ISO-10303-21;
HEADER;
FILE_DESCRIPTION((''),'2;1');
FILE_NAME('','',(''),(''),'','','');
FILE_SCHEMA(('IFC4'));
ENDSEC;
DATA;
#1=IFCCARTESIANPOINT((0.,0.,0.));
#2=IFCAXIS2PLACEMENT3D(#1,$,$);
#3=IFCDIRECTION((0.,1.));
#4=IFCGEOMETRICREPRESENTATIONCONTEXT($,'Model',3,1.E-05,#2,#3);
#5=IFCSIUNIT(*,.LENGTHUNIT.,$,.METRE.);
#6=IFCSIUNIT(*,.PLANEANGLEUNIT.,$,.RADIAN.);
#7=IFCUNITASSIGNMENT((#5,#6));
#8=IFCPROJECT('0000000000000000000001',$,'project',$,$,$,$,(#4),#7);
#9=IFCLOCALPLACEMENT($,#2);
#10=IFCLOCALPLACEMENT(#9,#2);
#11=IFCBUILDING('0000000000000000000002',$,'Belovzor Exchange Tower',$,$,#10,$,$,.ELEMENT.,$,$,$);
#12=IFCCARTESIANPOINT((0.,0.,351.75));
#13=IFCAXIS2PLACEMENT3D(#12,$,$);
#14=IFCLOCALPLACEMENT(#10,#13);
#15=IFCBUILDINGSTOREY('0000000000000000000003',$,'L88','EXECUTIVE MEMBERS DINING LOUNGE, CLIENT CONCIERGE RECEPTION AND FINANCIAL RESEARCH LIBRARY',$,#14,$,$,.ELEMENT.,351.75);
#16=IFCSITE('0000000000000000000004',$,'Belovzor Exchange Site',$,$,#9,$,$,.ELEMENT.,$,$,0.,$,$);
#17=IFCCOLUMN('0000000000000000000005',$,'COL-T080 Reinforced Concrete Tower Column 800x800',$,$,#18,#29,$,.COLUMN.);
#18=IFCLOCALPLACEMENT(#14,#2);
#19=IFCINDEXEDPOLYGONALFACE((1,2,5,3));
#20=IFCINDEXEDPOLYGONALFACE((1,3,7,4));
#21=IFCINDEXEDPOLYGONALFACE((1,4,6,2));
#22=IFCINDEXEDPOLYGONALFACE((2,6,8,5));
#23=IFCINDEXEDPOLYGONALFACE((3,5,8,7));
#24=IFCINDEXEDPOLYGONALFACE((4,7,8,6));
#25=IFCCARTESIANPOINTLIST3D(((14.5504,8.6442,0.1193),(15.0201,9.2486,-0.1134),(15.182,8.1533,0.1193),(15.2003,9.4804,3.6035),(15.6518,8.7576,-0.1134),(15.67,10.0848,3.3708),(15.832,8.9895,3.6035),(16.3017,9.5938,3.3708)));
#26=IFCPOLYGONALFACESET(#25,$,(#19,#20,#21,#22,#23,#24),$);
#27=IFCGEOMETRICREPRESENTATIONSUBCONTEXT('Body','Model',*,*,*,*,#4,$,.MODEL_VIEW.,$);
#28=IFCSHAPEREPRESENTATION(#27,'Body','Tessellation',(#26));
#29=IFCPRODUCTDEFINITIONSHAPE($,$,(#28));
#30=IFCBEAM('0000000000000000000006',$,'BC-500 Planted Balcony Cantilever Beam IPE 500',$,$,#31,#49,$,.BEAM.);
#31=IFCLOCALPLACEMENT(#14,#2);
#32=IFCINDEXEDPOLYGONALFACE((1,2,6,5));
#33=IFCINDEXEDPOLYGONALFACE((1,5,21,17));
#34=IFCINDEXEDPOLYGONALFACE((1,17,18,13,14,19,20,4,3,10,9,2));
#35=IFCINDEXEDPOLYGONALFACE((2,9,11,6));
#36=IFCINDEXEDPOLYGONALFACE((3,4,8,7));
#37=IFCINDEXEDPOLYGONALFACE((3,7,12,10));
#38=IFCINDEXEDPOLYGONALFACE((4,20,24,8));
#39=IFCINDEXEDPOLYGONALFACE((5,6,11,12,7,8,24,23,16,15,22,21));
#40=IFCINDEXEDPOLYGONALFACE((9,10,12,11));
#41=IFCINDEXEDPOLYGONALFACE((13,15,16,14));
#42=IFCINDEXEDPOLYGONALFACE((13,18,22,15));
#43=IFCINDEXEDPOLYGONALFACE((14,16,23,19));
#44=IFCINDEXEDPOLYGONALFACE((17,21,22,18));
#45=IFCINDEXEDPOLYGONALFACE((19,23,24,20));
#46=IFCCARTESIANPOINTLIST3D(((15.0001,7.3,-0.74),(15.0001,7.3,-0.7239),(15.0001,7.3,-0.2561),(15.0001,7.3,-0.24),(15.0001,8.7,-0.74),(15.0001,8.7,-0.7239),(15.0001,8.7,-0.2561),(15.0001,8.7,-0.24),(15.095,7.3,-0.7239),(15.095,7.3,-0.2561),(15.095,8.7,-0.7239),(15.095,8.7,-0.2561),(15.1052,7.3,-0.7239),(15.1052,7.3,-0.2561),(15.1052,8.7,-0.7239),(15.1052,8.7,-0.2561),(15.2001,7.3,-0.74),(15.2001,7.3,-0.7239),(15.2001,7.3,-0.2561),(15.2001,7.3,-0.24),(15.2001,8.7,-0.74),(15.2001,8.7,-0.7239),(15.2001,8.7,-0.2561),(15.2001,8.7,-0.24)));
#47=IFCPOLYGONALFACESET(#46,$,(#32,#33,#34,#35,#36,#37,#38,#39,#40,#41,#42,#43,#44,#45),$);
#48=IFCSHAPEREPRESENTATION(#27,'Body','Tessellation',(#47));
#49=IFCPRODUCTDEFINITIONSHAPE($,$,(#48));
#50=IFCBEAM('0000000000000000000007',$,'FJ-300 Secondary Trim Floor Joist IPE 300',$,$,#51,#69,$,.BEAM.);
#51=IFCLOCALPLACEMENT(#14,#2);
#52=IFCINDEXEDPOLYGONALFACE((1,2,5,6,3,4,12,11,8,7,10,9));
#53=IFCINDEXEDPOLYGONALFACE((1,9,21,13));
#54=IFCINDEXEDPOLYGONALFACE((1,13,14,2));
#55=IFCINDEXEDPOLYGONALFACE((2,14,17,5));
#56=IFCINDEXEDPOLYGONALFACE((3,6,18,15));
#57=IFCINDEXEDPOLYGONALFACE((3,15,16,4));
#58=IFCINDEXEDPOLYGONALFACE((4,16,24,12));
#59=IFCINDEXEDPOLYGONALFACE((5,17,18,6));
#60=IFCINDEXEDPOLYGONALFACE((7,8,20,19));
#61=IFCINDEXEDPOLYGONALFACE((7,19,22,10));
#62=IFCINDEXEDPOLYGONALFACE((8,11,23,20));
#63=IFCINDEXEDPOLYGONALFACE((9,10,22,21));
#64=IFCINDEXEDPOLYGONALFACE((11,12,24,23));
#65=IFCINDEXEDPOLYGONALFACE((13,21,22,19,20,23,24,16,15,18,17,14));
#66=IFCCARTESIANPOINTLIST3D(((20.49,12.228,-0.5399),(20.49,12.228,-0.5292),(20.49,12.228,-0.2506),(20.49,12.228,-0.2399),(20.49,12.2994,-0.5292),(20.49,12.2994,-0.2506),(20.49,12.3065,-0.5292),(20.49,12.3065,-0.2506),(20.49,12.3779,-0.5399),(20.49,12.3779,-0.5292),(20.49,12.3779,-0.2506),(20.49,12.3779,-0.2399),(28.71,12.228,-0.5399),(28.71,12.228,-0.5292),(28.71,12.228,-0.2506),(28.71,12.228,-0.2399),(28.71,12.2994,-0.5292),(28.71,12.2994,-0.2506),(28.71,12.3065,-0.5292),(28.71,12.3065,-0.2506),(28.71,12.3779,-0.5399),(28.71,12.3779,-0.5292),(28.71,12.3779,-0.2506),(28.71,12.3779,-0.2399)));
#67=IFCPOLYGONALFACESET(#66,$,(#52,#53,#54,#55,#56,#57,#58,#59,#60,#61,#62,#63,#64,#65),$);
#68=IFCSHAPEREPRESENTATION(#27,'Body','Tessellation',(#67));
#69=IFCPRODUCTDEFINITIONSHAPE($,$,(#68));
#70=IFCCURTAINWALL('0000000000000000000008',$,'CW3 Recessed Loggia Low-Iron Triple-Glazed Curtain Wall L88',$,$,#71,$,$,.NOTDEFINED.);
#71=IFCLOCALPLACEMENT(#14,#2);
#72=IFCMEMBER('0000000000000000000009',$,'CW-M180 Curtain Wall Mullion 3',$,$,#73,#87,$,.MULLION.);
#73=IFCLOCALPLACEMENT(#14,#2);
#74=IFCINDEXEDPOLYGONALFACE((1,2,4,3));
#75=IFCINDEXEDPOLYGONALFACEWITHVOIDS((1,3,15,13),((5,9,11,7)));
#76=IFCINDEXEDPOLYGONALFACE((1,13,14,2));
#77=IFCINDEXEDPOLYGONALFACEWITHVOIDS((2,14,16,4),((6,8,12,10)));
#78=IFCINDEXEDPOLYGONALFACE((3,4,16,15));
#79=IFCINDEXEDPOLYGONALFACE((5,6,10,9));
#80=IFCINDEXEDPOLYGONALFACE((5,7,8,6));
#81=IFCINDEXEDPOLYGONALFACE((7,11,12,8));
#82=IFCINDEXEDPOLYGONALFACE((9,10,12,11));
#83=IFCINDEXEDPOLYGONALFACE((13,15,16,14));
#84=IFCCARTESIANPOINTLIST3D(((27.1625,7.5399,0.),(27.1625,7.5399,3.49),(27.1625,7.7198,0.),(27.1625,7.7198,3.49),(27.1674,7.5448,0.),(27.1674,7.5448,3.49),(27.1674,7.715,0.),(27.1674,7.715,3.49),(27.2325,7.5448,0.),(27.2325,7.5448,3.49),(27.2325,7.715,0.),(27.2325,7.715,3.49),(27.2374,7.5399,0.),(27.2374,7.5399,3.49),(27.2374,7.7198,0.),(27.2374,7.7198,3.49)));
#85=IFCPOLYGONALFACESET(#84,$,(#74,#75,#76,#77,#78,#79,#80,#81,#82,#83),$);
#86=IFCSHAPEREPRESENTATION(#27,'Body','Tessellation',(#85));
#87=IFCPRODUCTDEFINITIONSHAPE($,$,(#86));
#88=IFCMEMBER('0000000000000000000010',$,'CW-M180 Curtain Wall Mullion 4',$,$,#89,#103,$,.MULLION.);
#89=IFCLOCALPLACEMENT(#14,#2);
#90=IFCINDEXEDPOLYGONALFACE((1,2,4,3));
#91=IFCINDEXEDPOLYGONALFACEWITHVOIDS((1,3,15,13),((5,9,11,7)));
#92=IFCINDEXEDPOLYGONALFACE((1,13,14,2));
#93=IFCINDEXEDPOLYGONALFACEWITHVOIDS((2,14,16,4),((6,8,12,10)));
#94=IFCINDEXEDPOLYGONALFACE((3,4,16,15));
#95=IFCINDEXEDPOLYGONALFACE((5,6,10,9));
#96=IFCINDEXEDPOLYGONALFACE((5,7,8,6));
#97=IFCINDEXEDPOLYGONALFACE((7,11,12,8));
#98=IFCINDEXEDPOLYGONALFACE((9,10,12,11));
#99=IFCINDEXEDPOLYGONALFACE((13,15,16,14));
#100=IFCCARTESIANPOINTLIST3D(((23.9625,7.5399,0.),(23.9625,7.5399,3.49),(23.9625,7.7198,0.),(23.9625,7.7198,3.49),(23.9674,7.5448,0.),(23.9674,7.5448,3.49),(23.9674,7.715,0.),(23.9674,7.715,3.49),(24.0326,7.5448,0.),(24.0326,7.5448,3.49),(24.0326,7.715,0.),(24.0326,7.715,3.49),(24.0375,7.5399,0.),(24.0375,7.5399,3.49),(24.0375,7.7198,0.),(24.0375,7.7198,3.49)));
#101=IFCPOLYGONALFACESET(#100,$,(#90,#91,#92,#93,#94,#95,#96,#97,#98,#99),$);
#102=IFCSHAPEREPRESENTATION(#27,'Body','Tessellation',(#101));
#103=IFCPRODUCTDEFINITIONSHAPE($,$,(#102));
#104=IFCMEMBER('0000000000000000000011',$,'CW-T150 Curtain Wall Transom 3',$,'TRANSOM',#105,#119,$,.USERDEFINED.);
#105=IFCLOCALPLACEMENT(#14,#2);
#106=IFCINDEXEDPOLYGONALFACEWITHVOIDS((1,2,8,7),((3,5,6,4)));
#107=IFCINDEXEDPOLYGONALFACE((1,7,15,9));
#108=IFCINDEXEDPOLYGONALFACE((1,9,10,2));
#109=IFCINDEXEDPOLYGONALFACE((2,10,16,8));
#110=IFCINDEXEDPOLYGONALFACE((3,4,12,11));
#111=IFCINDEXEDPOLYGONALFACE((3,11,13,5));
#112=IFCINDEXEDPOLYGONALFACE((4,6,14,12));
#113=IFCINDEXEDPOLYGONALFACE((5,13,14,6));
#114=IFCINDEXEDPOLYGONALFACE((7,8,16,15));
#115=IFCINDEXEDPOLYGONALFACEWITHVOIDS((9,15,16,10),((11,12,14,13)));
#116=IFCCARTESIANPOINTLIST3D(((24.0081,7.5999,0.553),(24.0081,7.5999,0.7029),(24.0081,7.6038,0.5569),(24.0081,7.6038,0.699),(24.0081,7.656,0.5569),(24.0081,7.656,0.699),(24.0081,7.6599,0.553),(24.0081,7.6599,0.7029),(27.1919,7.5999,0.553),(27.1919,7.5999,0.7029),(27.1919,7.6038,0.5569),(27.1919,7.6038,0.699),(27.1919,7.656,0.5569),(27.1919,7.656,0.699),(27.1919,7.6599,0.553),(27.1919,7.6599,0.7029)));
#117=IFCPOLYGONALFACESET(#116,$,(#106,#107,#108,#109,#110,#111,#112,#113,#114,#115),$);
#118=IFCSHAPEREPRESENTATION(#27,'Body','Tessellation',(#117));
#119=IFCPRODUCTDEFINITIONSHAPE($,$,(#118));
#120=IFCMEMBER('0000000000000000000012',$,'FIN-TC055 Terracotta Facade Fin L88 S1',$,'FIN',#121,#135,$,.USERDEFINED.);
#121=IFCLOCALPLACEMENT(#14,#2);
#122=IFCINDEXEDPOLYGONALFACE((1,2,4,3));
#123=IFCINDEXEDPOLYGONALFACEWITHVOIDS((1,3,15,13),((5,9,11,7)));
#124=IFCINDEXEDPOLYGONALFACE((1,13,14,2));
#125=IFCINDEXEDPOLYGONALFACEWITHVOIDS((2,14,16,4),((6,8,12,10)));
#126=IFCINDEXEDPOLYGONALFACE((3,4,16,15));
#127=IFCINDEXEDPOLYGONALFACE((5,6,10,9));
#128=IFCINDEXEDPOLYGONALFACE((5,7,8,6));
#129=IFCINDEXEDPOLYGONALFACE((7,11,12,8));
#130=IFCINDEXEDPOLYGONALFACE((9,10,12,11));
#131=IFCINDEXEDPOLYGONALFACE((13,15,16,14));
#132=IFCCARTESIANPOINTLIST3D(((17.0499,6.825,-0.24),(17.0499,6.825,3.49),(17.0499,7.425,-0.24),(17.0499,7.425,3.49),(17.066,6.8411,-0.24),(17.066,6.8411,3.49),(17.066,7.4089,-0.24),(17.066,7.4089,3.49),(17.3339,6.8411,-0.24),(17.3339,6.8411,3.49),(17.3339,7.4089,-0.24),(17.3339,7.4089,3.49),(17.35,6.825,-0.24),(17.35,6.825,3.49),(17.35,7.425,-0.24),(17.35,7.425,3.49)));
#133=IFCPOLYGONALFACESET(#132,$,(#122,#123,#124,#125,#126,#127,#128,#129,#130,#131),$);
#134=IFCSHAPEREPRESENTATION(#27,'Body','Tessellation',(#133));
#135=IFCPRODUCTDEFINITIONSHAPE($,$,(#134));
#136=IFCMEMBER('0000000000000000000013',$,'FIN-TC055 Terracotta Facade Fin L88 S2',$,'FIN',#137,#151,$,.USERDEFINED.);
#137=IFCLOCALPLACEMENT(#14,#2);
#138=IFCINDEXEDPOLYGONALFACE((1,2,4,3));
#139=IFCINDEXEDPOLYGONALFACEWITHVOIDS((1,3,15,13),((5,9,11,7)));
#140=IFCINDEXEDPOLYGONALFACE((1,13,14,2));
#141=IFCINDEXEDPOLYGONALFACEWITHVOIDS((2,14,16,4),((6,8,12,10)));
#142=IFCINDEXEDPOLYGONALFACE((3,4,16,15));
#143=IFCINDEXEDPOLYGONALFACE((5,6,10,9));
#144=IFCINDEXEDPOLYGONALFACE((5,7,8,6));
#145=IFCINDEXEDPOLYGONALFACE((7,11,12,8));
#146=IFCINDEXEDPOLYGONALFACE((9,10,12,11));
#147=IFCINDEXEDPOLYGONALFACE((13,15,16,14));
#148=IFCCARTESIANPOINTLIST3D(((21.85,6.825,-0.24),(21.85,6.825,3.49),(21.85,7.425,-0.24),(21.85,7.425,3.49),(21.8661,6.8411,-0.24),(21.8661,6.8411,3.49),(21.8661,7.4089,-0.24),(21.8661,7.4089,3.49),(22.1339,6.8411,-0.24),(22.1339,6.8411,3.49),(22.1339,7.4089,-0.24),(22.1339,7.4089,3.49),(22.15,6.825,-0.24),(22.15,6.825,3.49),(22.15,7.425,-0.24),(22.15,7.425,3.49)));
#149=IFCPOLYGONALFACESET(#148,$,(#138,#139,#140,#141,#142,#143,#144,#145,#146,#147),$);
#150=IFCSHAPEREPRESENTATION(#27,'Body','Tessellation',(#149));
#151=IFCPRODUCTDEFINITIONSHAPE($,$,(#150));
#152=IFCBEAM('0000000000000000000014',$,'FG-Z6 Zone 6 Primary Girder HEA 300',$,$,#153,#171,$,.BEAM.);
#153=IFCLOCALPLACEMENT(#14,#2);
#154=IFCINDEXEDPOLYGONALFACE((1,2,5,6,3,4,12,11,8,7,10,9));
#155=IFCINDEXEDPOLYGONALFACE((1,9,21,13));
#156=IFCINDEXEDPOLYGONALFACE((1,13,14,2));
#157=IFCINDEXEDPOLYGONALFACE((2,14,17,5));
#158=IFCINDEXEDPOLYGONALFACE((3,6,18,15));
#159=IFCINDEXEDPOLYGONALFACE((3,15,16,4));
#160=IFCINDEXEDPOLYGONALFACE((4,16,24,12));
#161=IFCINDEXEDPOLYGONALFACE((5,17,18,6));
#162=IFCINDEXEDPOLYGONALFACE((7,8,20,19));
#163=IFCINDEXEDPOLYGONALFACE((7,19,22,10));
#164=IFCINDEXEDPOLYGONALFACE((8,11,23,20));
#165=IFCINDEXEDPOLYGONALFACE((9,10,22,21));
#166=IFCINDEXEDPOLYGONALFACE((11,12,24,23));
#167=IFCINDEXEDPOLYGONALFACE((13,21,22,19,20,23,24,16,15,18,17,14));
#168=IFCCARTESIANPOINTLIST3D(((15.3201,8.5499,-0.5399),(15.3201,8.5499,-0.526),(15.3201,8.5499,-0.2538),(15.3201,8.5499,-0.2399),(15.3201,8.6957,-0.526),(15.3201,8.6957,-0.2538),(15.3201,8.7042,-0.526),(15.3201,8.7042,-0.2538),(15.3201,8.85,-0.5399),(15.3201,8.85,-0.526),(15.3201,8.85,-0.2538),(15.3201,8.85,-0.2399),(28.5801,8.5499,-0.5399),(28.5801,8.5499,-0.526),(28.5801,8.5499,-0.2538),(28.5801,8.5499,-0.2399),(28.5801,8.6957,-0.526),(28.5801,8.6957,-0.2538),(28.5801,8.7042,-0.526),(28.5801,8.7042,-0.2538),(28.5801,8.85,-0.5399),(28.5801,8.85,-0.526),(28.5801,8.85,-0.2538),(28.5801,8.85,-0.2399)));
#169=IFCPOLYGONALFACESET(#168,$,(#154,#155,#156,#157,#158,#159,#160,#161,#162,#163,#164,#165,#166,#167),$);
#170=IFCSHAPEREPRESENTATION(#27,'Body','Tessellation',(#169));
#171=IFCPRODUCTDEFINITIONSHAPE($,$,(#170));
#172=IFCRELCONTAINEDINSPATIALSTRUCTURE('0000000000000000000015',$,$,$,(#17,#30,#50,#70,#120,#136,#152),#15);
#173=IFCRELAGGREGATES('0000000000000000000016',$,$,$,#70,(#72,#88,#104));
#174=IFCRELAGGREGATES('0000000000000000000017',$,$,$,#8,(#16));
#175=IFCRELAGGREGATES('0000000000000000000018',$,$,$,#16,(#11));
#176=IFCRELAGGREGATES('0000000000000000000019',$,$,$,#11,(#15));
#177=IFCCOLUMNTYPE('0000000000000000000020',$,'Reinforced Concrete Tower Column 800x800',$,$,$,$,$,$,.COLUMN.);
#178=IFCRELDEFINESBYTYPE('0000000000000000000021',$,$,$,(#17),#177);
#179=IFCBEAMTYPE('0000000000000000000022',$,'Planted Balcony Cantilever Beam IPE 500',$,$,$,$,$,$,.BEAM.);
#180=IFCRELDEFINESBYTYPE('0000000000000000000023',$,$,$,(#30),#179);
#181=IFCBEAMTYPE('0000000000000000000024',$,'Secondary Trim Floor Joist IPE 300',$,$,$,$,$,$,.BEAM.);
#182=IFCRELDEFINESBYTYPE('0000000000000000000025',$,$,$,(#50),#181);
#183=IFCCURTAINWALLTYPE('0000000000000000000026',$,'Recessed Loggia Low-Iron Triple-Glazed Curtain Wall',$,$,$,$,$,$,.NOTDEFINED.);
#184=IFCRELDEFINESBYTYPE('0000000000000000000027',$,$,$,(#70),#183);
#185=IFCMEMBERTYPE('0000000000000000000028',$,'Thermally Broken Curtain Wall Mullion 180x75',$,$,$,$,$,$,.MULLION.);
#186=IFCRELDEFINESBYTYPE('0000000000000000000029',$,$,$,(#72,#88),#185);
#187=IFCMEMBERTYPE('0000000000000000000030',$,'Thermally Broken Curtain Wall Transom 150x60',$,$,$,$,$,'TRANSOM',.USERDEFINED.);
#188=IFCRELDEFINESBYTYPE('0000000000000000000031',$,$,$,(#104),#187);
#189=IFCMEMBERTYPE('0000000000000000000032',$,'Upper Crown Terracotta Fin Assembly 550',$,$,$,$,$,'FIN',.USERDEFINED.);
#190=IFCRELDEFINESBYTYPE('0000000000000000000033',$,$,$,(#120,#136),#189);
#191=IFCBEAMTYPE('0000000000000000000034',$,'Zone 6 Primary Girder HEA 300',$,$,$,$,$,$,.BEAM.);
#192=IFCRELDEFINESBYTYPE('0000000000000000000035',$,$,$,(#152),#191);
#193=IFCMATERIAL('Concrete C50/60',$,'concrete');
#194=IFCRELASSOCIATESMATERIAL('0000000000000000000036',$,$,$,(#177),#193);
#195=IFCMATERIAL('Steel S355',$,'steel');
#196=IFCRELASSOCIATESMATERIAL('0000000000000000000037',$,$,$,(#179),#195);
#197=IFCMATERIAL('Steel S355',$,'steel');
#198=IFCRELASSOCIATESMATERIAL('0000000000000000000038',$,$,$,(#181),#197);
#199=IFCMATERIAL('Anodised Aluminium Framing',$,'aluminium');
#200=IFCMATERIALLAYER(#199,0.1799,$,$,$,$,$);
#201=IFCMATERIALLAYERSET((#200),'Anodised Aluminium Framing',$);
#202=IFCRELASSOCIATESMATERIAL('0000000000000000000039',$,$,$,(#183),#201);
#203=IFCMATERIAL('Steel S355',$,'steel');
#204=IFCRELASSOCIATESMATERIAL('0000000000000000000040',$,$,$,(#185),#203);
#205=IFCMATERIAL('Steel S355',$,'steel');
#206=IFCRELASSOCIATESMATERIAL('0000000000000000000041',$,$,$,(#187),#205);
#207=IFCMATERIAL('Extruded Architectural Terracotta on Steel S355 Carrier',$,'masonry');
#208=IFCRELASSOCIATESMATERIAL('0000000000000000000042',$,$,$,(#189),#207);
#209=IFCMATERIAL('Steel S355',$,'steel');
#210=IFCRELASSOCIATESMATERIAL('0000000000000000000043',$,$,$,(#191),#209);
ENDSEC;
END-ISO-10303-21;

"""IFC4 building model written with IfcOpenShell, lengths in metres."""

from ifc_helpers import new_model, si_unit, direction, frame, origin, origin_2d, place, context, subcontext, project, spatial, rectangle, hollow_rectangle, i_section, extrude, material, layer, layer_set, material_profile, profile_set, type_object, element, aggregate, save


model = new_model("IFC4")

# Units and contexts
model_context = context("Model", 3, precision=1e-05, world=origin(), true_north=direction((0.0, 1.0)))
body_context = subcontext(model_context, "Body", "Model", "MODEL_VIEW")
ifc_project = project(units=[si_unit("LENGTHUNIT", "METRE"), si_unit("PLANEANGLEUNIT", "RADIAN")], contexts=[model_context])

# Site, building, storey
site_placement = place(None, origin())
site = spatial("IfcSite", under=ifc_project, at=site_placement, Name="Belovzor Exchange Site", CompositionType="ELEMENT", RefElevation=0.0)
building_placement = place(site_placement, origin())
building = spatial("IfcBuilding", under=site, at=building_placement, Name="Belovzor Exchange Tower", CompositionType="ELEMENT")
storey_placement = place(building_placement, frame((0.0, 0.0, 351.75)))
storey = spatial("IfcBuildingStorey", under=building, at=storey_placement, Name="L88", Description="EXECUTIVE MEMBERS DINING LOUNGE, CLIENT CONCIERGE RECEPTION AND FINANCIAL RESEARCH LIBRARY", CompositionType="ELEMENT", Elevation=351.75)

# Column
ifc_material_1 = material(Name="Concrete C50/60", Category="concrete")
ifc_material_profile_1 = material_profile(ifc_material_1, rectangle(XDim=0.8, YDim=0.8, at=origin_2d()))
ifc_profile_set_1 = profile_set([ifc_material_profile_1], Name="Concrete C50/60")
column_type = type_object("IfcColumnType", Name="Reinforced Concrete Tower Column 800x800", PredefinedType="COLUMN", material=ifc_profile_set_1)
column_placement = place(storey_placement, frame((15.1011, 8.7009, 0.0029), z_axis=(0.17847, 0.229624, 0.956777), x_axis=(-0.789563, 0.613669, 0.0)))
element("IfcColumn", 1, at=column_placement, inside=storey, type_object=column_type, Name="COL-T080 Reinforced Concrete Tower Column 800x800", PredefinedType="COLUMN", context=body_context, shape_type="SweptSolid", body=[
    extrude(rectangle(XDim=0.8, YDim=0.8, at=origin_2d()), origin(), (0.0, 0.0, 1.0), 3.6416),
])

# Beams
ifc_material_2 = material(Name="Steel S355", Category="steel")
ifc_material_profile_2 = material_profile(ifc_material_2, i_section(OverallWidth=0.2, OverallDepth=0.5, WebThickness=0.0103, FlangeThickness=0.0161, at=origin_2d()))
ifc_profile_set_2 = profile_set([ifc_material_profile_2], Name="Steel S355")
beam_type_1 = type_object("IfcBeamType", Name="Planted Balcony Cantilever Beam IPE 500", PredefinedType="BEAM", material=ifc_profile_set_2)
beam_1_placement = place(storey_placement, frame((15.1001, 8.7, -0.49), z_axis=(0.0, -1.0, 0.0), x_axis=(1.0, 0.0, 0.0)))
element("IfcBeam", 2, at=beam_1_placement, inside=storey, type_object=beam_type_1, Name="BC-500 Planted Balcony Cantilever Beam IPE 500", PredefinedType="BEAM", context=body_context, shape_type="SweptSolid", body=[
    extrude(i_section(OverallWidth=0.2, OverallDepth=0.5, WebThickness=0.0103, FlangeThickness=0.0161, at=origin_2d()), origin(), (0.0, 0.0, 1.0), 1.3999),
])
ifc_material_3 = material(Name="Steel S355", Category="steel")
ifc_material_profile_3 = material_profile(ifc_material_3, i_section(OverallWidth=0.1499, OverallDepth=0.3, WebThickness=0.0071, FlangeThickness=0.0107, at=origin_2d()))
ifc_profile_set_3 = profile_set([ifc_material_profile_3], Name="Steel S355")
beam_type_2 = type_object("IfcBeamType", Name="Secondary Trim Floor Joist IPE 300", PredefinedType="BEAM", material=ifc_profile_set_3)
beam_2_placement = place(storey_placement, frame((20.49, 12.303, -0.3899), z_axis=(1.0, 0.0, 0.0), x_axis=(0.0, 1.0, 0.0)))
element("IfcBeam", 3, at=beam_2_placement, inside=storey, type_object=beam_type_2, Name="FJ-300 Secondary Trim Floor Joist IPE 300", PredefinedType="BEAM", context=body_context, shape_type="SweptSolid", body=[
    extrude(i_section(OverallWidth=0.1499, OverallDepth=0.3, WebThickness=0.0071, FlangeThickness=0.0107, at=origin_2d()), origin(), (0.0, 0.0, 1.0), 8.22),
])

# Curtain wall, members
ifc_material_4 = material(Name="Anodised Aluminium Framing", Category="aluminium")
ifc_layer_1 = layer(ifc_material_4, 0.1799)
ifc_layer_set_1 = layer_set([ifc_layer_1], Name="Anodised Aluminium Framing")
curtain_wall_type = type_object("IfcCurtainWallType", Name="Recessed Loggia Low-Iron Triple-Glazed Curtain Wall", PredefinedType="NOTDEFINED", material=ifc_layer_set_1)
curtain_wall_placement = place(storey_placement, origin())
curtain_wall = element("IfcCurtainWall", 4, at=curtain_wall_placement, inside=storey, type_object=curtain_wall_type, Name="CW3 Recessed Loggia Low-Iron Triple-Glazed Curtain Wall L88", PredefinedType="NOTDEFINED")
ifc_material_5 = material(Name="Steel S355", Category="steel")
ifc_material_profile_4 = material_profile(ifc_material_5, hollow_rectangle(XDim=0.075, YDim=0.1799, WallThickness=0.0049, at=origin_2d()))
ifc_profile_set_4 = profile_set([ifc_material_profile_4], Name="Steel S355")
member_type_1 = type_object("IfcMemberType", Name="Thermally Broken Curtain Wall Mullion 180x75", PredefinedType="MULLION", material=ifc_profile_set_4)
member_1_placement = place(storey_placement, frame((27.2, 7.6299, 0.0), z_axis=(0.0, 0.0, 1.0), x_axis=(-1.0, 0.0, 0.0)))
member_1 = element("IfcMember", 5, at=member_1_placement, type_object=member_type_1, Name="CW-M180 Curtain Wall Mullion 3", PredefinedType="MULLION", context=body_context, shape_type="SweptSolid", body=[
    extrude(hollow_rectangle(XDim=0.075, YDim=0.1799, WallThickness=0.0049, at=origin_2d()), origin(), (0.0, 0.0, 1.0), 3.49),
])
member_2_placement = place(storey_placement, frame((24.0, 7.6299, 0.0), z_axis=(0.0, 0.0, 1.0), x_axis=(-1.0, 0.0, 0.0)))
member_2 = element("IfcMember", 6, at=member_2_placement, type_object=member_type_1, Name="CW-M180 Curtain Wall Mullion 4", PredefinedType="MULLION", context=body_context, shape_type="SweptSolid", body=[
    extrude(hollow_rectangle(XDim=0.075, YDim=0.1799, WallThickness=0.0049, at=origin_2d()), origin(), (0.0, 0.0, 1.0), 3.49),
])
ifc_material_6 = material(Name="Steel S355", Category="steel")
ifc_material_profile_5 = material_profile(ifc_material_6, hollow_rectangle(XDim=0.0601, YDim=0.1499, WallThickness=0.0039, at=origin_2d()))
ifc_profile_set_5 = profile_set([ifc_material_profile_5], Name="Steel S355")
member_type_2 = type_object("IfcMemberType", Name="Thermally Broken Curtain Wall Transom 150x60", ElementType="TRANSOM", PredefinedType="USERDEFINED", material=ifc_profile_set_5)
member_3_placement = place(storey_placement, frame((27.1919, 7.6299, 0.6279), z_axis=(-1.0, 0.0, 0.0), x_axis=(0.0, -1.0, 0.0)))
member_3 = element("IfcMember", 7, at=member_3_placement, type_object=member_type_2, Name="CW-T150 Curtain Wall Transom 3", ObjectType="TRANSOM", PredefinedType="USERDEFINED", context=body_context, shape_type="SweptSolid", body=[
    extrude(hollow_rectangle(XDim=0.0601, YDim=0.1499, WallThickness=0.0039, at=origin_2d()), origin(), (0.0, 0.0, 1.0), 3.1838),
])

# Members
ifc_material_7 = material(Name="Extruded Architectural Terracotta on Steel S355 Carrier", Category="masonry")
ifc_material_profile_6 = material_profile(ifc_material_7, hollow_rectangle(XDim=0.3, YDim=0.6001, WallThickness=0.0161, at=origin_2d()))
ifc_profile_set_6 = profile_set([ifc_material_profile_6], Name="Extruded Architectural Terracotta on Steel S355 Carrier")
member_type_3 = type_object("IfcMemberType", Name="Upper Crown Terracotta Fin Assembly 550", ElementType="FIN", PredefinedType="USERDEFINED", material=ifc_profile_set_6)
for number, where, z_axis, x_axis, name in (
    (8, (17.2, 7.125, -0.24), (0.0, 0.0, 1.0), (1.0, 0.0, 0.0), "FIN-TC055 Terracotta Facade Fin L88 S1"),
    (9, (22.0, 7.125, -0.24), (0.0, 0.0, 1.0), (1.0, 0.0, 0.0), "FIN-TC055 Terracotta Facade Fin L88 S2"),
):
    element("IfcMember", number, at=place(storey_placement, frame(where, z_axis=z_axis, x_axis=x_axis)), inside=storey, type_object=member_type_3, Name=name, ObjectType="FIN", PredefinedType="USERDEFINED", context=body_context, shape_type="SweptSolid", body=[
        extrude(hollow_rectangle(XDim=0.3, YDim=0.6001, WallThickness=0.0161, at=origin_2d()), origin(), (0.0, 0.0, 1.0), 3.73),
    ])

# Beam
ifc_material_8 = material(Name="Steel S355", Category="steel")
ifc_material_profile_7 = material_profile(ifc_material_8, i_section(OverallWidth=0.3, OverallDepth=0.3, WebThickness=0.0085, FlangeThickness=0.0139, at=origin_2d()))
ifc_profile_set_7 = profile_set([ifc_material_profile_7], Name="Steel S355")
beam_type_3 = type_object("IfcBeamType", Name="Zone 6 Primary Girder HEA 300", PredefinedType="BEAM", material=ifc_profile_set_7)
beam_3_placement = place(storey_placement, frame((15.3201, 8.7, -0.3899), z_axis=(1.0, 0.0, 0.0), x_axis=(0.0, 1.0, 0.0)))
element("IfcBeam", 10, at=beam_3_placement, inside=storey, type_object=beam_type_3, Name="FG-Z6 Zone 6 Primary Girder HEA 300", PredefinedType="BEAM", context=body_context, shape_type="SweptSolid", body=[
    extrude(i_section(OverallWidth=0.3, OverallDepth=0.3, WebThickness=0.0085, FlangeThickness=0.0139, at=origin_2d()), origin(), (0.0, 0.0, 1.0), 13.26),
])

aggregate(curtain_wall, [member_1, member_2, member_3])

save(model, "model.ifc")
